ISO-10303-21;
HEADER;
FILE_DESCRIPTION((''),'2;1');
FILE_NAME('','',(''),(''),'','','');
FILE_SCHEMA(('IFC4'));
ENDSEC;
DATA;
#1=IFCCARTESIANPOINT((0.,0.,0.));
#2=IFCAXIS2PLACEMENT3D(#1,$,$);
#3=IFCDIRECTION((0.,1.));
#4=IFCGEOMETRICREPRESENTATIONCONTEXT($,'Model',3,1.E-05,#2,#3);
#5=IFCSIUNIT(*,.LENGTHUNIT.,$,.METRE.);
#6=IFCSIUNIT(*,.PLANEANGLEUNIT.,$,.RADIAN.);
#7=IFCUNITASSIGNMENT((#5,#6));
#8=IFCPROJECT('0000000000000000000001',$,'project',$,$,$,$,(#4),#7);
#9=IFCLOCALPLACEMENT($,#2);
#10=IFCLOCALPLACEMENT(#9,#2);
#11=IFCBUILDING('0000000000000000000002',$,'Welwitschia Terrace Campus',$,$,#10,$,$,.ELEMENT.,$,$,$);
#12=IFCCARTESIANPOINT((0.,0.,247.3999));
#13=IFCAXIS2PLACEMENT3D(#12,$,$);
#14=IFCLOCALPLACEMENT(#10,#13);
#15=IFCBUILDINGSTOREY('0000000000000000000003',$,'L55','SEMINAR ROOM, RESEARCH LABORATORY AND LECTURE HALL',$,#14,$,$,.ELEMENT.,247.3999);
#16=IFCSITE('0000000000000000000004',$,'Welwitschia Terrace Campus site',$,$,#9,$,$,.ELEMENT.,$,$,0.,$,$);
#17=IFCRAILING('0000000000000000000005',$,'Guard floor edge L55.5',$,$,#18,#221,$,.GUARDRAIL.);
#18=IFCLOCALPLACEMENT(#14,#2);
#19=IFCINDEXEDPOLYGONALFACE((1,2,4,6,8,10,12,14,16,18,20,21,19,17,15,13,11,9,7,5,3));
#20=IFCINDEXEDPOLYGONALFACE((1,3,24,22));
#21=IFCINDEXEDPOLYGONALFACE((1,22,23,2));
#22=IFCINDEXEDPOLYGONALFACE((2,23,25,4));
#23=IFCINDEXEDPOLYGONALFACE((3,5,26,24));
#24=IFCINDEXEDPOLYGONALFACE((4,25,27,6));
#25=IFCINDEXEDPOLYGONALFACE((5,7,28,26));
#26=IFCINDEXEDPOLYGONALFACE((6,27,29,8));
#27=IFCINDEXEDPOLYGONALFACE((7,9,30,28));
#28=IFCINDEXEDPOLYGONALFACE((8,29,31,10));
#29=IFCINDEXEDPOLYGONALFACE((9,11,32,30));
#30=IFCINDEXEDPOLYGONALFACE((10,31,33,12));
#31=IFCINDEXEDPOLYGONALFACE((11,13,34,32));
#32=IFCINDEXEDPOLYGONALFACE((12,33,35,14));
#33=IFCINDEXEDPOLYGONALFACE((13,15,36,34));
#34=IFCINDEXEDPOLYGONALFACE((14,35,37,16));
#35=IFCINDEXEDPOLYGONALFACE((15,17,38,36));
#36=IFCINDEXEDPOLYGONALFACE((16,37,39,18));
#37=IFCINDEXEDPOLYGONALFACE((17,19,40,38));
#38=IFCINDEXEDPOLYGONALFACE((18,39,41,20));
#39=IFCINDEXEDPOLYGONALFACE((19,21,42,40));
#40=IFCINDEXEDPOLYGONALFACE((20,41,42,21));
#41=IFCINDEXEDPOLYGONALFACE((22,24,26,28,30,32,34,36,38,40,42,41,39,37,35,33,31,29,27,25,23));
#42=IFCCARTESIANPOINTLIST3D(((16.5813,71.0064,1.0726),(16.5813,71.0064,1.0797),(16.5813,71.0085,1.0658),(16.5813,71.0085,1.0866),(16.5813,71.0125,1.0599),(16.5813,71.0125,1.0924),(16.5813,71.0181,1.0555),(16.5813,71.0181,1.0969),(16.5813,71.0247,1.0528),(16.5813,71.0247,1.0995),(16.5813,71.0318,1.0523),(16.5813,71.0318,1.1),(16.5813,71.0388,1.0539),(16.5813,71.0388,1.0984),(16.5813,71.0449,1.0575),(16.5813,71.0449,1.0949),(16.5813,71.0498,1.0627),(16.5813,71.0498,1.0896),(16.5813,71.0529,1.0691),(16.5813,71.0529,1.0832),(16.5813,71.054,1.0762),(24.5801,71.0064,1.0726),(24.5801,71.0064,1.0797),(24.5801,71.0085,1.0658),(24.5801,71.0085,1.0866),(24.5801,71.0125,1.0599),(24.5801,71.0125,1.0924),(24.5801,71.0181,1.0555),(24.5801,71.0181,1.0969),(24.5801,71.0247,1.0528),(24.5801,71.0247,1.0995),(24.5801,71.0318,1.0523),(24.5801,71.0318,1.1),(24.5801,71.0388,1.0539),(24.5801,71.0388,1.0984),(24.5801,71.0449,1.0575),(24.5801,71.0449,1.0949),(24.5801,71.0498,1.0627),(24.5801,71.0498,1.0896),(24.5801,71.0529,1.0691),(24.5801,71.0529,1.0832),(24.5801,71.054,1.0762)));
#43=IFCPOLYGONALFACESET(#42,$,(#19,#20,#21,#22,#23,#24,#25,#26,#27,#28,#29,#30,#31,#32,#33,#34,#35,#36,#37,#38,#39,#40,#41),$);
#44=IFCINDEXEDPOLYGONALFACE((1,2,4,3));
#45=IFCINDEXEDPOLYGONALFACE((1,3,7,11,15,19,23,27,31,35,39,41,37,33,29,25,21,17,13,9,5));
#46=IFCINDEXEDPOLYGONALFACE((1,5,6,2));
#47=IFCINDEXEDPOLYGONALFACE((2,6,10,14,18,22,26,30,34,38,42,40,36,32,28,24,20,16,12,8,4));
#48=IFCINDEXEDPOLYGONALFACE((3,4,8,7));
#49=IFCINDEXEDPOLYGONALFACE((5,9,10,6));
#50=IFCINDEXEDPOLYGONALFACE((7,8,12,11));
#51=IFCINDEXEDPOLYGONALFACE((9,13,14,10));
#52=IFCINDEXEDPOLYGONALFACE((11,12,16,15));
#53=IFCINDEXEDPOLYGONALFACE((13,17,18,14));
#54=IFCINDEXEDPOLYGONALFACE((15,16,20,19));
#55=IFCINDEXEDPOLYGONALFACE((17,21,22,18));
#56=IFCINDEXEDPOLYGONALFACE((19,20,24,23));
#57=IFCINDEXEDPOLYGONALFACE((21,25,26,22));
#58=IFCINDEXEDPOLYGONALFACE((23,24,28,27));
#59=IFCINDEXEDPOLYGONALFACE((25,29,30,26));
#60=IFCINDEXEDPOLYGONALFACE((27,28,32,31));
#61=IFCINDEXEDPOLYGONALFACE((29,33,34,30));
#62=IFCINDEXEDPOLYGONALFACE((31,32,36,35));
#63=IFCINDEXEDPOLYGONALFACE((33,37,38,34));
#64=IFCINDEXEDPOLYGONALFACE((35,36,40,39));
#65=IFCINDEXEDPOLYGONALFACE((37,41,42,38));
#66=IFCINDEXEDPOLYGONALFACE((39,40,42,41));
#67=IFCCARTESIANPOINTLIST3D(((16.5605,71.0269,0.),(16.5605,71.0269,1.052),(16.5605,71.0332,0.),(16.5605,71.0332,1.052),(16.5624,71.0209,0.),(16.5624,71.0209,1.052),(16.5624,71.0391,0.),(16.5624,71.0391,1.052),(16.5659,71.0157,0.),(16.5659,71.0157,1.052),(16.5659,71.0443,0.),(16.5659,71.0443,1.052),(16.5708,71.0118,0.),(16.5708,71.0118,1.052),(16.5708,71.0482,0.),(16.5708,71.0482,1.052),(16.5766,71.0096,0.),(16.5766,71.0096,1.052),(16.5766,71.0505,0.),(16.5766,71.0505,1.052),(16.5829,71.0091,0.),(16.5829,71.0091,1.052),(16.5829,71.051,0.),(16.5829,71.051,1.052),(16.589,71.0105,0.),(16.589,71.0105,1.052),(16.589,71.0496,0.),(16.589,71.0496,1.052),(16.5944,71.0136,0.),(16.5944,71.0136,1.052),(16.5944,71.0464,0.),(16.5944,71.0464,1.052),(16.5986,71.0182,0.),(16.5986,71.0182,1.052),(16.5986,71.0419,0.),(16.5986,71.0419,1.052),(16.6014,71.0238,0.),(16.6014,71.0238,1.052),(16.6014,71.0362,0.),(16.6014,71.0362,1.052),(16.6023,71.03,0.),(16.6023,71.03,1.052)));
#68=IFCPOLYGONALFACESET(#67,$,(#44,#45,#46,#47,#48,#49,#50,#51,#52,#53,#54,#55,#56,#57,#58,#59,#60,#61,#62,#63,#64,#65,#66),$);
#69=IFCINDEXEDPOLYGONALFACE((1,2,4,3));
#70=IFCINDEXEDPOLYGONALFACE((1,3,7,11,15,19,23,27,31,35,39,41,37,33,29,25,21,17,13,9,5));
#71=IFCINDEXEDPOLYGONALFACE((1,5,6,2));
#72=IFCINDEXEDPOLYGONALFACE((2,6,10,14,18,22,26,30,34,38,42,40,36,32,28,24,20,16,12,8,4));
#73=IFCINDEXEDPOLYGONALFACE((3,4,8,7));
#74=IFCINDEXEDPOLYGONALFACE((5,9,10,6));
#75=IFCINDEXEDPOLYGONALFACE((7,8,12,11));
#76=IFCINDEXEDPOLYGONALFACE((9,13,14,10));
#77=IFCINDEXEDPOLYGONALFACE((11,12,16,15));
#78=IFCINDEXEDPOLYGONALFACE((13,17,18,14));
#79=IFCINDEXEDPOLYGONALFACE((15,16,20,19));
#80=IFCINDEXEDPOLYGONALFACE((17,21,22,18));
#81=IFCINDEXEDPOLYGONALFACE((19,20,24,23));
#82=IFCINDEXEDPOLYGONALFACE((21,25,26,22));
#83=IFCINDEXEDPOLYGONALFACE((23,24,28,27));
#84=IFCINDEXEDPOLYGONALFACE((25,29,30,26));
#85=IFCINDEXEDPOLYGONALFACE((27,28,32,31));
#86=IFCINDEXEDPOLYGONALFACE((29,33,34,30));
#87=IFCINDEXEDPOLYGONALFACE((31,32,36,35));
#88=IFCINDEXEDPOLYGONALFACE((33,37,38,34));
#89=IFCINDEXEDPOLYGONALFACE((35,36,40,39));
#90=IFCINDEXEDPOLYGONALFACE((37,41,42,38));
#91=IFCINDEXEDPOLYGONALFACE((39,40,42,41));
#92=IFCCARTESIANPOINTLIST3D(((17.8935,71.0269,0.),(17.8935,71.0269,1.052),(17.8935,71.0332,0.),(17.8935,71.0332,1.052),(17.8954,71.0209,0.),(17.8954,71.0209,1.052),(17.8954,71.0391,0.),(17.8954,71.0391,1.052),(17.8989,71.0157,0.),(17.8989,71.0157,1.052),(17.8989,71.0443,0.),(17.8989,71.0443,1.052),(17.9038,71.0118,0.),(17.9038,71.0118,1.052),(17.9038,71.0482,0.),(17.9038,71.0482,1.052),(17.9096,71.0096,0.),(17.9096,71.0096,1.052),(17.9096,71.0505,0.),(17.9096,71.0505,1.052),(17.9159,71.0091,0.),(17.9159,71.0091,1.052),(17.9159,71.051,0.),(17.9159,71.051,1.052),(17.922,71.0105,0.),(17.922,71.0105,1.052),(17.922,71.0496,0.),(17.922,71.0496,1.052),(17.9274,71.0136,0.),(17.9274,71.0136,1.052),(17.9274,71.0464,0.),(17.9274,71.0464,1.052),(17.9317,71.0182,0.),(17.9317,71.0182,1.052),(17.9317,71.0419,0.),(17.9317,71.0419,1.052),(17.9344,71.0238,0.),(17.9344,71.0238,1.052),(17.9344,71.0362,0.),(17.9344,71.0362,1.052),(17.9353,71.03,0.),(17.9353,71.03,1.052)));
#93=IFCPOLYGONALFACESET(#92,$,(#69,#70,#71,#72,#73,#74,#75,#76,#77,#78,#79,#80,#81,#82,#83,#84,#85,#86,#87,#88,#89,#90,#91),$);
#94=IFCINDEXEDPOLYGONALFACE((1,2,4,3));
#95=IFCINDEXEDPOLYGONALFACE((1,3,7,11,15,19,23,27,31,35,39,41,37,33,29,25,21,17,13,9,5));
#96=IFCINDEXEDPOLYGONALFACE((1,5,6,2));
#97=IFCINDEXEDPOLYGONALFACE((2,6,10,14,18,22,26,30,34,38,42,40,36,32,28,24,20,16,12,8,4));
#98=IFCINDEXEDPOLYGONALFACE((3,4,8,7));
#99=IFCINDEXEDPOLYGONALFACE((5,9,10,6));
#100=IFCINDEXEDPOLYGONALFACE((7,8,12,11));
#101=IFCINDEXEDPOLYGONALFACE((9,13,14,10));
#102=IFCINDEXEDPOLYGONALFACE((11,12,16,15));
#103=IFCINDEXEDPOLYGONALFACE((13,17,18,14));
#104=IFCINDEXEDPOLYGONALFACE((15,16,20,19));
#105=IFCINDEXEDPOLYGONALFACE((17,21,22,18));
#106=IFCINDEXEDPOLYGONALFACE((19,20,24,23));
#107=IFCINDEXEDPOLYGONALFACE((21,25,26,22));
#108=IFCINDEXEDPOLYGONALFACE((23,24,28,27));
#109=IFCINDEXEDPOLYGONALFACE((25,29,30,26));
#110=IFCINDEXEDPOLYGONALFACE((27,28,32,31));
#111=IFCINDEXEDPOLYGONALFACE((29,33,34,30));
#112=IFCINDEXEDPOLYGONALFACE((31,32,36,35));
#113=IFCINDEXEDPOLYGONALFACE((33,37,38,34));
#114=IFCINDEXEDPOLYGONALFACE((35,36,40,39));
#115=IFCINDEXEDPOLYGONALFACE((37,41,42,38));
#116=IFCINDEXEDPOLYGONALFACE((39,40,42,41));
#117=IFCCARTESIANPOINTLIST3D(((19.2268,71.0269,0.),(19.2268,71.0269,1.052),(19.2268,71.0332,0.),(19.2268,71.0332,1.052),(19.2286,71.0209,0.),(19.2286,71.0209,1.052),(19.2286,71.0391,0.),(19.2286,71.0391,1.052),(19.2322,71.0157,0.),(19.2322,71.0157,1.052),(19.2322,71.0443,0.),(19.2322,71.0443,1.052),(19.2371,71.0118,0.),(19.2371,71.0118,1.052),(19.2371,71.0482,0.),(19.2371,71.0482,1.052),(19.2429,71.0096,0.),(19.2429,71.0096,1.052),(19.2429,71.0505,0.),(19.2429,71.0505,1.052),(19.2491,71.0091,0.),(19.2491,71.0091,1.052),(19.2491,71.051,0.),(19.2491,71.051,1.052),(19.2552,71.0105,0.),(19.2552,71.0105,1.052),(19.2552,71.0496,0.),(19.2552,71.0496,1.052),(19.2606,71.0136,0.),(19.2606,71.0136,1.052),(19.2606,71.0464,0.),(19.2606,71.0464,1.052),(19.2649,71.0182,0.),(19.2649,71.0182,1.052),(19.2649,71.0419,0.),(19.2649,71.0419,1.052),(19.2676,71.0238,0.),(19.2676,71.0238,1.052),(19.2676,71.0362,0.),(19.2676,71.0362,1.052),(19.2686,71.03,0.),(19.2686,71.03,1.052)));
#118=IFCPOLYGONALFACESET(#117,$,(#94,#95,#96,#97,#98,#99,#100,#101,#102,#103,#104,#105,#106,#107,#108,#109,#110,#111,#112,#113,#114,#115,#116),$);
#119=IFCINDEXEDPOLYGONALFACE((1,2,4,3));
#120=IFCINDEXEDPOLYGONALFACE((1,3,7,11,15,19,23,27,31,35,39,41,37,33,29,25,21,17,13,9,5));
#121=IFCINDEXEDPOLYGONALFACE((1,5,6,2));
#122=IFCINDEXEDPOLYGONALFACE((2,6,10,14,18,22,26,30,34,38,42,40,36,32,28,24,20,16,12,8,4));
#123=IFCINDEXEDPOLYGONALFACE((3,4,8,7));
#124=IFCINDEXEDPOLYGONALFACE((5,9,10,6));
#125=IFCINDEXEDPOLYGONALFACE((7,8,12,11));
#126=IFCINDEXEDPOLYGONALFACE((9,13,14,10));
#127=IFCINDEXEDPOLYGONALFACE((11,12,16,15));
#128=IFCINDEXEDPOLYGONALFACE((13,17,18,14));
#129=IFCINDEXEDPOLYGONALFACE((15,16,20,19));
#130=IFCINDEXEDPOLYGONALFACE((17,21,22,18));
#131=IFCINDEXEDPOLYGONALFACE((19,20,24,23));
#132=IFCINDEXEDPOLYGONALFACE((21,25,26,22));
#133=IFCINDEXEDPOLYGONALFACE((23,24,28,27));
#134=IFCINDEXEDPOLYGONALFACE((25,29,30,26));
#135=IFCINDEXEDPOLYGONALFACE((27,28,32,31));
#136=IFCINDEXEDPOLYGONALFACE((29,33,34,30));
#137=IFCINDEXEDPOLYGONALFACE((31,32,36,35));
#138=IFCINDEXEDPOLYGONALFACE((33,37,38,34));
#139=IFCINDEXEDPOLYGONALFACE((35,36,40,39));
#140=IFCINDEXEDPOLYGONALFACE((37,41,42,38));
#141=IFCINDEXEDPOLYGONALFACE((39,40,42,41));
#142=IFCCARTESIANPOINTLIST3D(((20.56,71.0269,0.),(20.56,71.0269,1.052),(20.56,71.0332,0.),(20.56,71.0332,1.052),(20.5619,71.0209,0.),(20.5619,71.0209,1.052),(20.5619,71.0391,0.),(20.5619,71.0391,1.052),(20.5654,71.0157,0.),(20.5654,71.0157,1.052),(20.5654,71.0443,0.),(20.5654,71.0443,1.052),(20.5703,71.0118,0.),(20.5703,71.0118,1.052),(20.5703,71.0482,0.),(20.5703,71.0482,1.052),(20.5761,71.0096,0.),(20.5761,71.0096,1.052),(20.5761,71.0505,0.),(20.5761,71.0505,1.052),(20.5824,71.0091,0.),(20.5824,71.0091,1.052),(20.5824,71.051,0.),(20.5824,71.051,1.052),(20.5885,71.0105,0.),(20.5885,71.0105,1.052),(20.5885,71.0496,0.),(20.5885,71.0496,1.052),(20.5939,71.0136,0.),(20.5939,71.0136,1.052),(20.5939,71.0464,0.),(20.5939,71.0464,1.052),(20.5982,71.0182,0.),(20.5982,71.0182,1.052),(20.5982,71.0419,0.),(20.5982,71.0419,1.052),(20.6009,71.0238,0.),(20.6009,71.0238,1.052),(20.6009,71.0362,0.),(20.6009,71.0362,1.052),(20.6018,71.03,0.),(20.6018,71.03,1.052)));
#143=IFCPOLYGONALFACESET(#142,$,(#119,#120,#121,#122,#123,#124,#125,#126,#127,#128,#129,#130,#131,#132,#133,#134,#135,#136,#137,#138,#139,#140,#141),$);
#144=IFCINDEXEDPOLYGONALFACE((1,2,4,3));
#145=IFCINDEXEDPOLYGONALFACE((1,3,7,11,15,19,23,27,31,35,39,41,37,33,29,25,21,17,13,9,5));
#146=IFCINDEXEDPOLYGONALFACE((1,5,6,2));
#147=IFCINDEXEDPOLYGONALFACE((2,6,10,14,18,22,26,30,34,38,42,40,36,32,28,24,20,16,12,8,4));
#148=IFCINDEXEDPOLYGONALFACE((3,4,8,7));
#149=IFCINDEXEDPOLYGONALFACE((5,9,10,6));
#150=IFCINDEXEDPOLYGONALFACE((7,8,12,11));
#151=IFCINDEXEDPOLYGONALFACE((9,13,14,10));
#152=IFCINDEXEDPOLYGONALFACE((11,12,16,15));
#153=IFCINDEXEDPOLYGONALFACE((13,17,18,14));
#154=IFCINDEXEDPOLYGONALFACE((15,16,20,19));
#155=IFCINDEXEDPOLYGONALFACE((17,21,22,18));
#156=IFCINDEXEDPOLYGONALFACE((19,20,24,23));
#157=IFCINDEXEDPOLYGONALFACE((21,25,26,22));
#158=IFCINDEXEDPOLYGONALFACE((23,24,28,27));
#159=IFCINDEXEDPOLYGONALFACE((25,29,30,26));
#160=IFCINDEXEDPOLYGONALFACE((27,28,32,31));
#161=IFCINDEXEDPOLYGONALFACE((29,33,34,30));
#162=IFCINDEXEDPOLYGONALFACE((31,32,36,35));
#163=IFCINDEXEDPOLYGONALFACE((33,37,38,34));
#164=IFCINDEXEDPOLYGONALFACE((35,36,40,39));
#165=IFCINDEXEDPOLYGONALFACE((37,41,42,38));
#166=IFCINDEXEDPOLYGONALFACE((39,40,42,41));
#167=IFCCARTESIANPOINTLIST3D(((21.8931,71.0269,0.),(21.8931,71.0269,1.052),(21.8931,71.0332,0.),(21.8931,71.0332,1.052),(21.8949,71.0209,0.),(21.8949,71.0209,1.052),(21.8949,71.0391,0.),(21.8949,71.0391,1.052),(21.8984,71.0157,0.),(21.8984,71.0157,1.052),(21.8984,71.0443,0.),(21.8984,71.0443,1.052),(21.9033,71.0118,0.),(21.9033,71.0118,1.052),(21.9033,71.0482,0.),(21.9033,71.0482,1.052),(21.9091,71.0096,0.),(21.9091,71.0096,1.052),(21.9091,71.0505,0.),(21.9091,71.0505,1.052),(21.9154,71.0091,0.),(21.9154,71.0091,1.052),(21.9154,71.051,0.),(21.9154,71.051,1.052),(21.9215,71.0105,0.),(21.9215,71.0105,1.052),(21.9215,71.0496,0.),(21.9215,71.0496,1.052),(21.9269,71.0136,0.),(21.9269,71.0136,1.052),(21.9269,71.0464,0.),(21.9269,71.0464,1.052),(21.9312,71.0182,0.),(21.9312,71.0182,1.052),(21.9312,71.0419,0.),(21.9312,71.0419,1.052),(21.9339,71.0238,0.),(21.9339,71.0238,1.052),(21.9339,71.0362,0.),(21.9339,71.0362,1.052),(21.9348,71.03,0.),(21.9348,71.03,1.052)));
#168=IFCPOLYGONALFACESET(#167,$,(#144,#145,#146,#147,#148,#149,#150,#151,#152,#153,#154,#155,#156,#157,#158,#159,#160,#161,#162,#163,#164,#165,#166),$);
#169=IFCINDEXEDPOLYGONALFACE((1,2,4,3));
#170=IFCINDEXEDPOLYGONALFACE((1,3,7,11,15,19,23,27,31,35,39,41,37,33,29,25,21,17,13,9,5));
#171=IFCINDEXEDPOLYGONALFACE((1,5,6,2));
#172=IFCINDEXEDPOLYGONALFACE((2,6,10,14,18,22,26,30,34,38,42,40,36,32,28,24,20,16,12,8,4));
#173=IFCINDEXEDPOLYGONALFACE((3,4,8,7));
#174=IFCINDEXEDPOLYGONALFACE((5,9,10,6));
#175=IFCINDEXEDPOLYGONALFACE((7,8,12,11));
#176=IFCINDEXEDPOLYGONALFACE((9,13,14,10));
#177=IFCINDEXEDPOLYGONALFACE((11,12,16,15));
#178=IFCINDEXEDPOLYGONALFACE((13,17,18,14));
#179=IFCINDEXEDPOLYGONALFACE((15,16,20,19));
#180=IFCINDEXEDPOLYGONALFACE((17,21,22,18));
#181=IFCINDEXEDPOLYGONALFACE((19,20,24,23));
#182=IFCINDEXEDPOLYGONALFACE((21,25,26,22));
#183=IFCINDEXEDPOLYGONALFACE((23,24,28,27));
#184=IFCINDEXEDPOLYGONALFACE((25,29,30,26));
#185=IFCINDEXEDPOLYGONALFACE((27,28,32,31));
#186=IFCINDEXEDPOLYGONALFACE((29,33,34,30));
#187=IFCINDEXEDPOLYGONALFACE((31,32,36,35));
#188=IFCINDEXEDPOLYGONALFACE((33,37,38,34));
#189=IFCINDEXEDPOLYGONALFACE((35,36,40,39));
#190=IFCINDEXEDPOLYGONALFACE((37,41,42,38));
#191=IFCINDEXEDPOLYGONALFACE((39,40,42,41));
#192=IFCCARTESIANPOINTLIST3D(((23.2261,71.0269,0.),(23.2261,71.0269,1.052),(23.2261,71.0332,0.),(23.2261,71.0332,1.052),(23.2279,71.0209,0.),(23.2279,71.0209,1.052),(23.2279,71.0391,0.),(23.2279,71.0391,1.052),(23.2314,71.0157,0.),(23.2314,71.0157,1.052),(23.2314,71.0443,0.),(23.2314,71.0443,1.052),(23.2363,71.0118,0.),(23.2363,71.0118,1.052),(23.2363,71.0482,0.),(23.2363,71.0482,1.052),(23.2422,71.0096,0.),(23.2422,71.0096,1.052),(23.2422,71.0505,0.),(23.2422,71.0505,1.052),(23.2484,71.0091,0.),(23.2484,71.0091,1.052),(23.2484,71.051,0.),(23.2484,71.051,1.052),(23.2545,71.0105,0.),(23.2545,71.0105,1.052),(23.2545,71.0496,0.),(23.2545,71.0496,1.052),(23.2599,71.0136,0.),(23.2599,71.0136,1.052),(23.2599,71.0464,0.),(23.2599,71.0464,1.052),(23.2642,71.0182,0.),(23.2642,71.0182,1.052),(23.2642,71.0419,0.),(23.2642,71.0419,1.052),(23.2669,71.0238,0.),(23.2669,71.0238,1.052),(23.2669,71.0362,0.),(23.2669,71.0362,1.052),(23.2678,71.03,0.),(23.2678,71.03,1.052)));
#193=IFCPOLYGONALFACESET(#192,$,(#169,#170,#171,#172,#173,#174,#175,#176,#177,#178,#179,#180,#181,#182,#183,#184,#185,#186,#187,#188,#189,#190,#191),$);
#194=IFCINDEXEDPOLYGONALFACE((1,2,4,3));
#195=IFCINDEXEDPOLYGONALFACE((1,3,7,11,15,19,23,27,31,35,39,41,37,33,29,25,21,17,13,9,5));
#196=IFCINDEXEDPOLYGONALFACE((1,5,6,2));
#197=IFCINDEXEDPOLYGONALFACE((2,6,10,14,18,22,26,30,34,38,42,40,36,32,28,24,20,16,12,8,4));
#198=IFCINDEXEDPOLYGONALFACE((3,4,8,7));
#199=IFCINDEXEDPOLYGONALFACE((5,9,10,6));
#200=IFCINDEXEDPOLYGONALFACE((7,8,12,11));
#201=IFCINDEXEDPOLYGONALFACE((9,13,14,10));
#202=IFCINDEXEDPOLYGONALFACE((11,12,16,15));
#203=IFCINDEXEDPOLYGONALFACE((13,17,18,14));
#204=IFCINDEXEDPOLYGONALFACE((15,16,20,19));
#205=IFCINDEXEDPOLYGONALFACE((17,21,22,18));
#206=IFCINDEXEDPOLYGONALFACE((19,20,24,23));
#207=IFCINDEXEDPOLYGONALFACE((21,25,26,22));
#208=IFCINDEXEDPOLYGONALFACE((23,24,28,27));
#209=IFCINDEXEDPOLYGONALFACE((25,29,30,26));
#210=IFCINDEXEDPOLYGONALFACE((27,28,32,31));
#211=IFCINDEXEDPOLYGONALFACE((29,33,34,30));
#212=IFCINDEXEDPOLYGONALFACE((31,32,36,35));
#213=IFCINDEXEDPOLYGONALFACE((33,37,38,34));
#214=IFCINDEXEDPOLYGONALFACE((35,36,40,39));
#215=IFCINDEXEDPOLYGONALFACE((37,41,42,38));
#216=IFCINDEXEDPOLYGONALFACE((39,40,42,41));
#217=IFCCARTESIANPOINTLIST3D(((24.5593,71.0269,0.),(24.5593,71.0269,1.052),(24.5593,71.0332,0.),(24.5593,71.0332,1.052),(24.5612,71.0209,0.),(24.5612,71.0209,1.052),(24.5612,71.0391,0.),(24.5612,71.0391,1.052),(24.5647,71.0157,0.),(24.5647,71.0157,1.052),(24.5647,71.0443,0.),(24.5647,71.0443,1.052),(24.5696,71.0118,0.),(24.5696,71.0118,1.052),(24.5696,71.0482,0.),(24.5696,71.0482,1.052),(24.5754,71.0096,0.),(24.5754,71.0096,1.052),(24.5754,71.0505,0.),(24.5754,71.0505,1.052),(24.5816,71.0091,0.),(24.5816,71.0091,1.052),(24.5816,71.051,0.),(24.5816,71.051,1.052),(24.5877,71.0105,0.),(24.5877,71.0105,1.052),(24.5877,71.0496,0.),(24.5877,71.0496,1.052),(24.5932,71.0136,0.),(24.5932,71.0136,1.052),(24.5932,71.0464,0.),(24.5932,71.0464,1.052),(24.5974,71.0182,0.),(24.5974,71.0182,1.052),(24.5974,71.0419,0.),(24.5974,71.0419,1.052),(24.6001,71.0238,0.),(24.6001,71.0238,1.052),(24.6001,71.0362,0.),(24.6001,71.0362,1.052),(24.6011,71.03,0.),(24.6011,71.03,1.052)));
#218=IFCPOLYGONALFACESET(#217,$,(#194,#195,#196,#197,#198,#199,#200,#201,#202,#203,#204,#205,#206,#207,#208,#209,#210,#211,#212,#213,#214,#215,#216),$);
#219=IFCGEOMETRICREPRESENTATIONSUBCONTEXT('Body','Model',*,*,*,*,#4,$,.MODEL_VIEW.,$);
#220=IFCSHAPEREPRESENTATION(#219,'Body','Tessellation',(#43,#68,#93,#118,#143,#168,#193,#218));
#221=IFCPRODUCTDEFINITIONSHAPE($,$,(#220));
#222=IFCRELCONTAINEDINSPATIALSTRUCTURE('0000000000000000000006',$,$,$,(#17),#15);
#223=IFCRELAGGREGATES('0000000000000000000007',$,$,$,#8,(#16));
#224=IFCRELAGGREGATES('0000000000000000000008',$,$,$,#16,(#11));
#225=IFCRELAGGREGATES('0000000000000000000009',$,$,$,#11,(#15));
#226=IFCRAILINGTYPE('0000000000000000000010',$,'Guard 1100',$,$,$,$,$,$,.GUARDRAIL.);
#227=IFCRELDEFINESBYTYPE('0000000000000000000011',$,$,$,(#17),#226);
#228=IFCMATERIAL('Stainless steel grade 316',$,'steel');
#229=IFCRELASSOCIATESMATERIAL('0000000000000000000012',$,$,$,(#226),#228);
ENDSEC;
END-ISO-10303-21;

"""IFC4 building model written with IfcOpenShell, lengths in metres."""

from ifc_helpers import new_model, si_unit, direction, frame, origin, origin_2d, place, context, subcontext, project, spatial, circle, extrude, material, type_object, element, save


model = new_model("IFC4")

# Units and contexts
model_context = context("Model", 3, precision=1e-05, world=origin(), true_north=direction((0.0, 1.0)))
body_context = subcontext(model_context, "Body", "Model", "MODEL_VIEW")
ifc_project = project(units=[si_unit("LENGTHUNIT", "METRE"), si_unit("PLANEANGLEUNIT", "RADIAN")], contexts=[model_context])

# Site, building, storey
site_placement = place(None, origin())
site = spatial("IfcSite", under=ifc_project, at=site_placement, Name="Welwitschia Terrace Campus site", CompositionType="ELEMENT", RefElevation=0.0)
building_placement = place(site_placement, origin())
building = spatial("IfcBuilding", under=site, at=building_placement, Name="Welwitschia Terrace Campus", CompositionType="ELEMENT")
storey_placement = place(building_placement, frame((0.0, 0.0, 247.3999)))
storey = spatial("IfcBuildingStorey", under=building, at=storey_placement, Name="L55", Description="SEMINAR ROOM, RESEARCH LABORATORY AND LECTURE HALL", CompositionType="ELEMENT", Elevation=247.3999)

# Railing
ifc_material_1 = material(Name="Stainless steel grade 316", Category="steel")
railing_type = type_object("IfcRailingType", Name="Guard 1100", PredefinedType="GUARDRAIL", material=ifc_material_1)
railing_placement = place(storey_placement, frame((16.5813, 71.03, 0.0)))
element("IfcRailing", 1, at=railing_placement, inside=storey, type_object=railing_type, Name="Guard floor edge L55.5", PredefinedType="GUARDRAIL", context=body_context, shape_type="SweptSolid", body=[
    extrude(circle(Radius=0.0239, at=origin_2d()), frame((0.0, 0.0, 1.0762), z_axis=(1.0, 0.0, 0.0), x_axis=(0.0, 1.0, 0.0)), (0.0, 0.0, 1.0), 7.9988),
    extrude(circle(Radius=0.021, at=origin_2d()), origin(), (0.0, 0.0, 1.0), 1.052),
    extrude(circle(Radius=0.021, at=origin_2d()), frame((1.333, 0.0, 0.0)), (0.0, 0.0, 1.0), 1.052),
    extrude(circle(Radius=0.021, at=origin_2d()), frame((2.6663, 0.0, 0.0)), (0.0, 0.0, 1.0), 1.052),
    extrude(circle(Radius=0.021, at=origin_2d()), frame((3.9995, 0.0, 0.0)), (0.0, 0.0, 1.0), 1.052),
    extrude(circle(Radius=0.021, at=origin_2d()), frame((5.3325, 0.0, 0.0)), (0.0, 0.0, 1.0), 1.052),
    extrude(circle(Radius=0.021, at=origin_2d()), frame((6.6655, 0.0, 0.0)), (0.0, 0.0, 1.0), 1.052),
    extrude(circle(Radius=0.021, at=origin_2d()), frame((7.9988, 0.0, 0.0)), (0.0, 0.0, 1.0), 1.052),
])

save(model, "model.ifc")
